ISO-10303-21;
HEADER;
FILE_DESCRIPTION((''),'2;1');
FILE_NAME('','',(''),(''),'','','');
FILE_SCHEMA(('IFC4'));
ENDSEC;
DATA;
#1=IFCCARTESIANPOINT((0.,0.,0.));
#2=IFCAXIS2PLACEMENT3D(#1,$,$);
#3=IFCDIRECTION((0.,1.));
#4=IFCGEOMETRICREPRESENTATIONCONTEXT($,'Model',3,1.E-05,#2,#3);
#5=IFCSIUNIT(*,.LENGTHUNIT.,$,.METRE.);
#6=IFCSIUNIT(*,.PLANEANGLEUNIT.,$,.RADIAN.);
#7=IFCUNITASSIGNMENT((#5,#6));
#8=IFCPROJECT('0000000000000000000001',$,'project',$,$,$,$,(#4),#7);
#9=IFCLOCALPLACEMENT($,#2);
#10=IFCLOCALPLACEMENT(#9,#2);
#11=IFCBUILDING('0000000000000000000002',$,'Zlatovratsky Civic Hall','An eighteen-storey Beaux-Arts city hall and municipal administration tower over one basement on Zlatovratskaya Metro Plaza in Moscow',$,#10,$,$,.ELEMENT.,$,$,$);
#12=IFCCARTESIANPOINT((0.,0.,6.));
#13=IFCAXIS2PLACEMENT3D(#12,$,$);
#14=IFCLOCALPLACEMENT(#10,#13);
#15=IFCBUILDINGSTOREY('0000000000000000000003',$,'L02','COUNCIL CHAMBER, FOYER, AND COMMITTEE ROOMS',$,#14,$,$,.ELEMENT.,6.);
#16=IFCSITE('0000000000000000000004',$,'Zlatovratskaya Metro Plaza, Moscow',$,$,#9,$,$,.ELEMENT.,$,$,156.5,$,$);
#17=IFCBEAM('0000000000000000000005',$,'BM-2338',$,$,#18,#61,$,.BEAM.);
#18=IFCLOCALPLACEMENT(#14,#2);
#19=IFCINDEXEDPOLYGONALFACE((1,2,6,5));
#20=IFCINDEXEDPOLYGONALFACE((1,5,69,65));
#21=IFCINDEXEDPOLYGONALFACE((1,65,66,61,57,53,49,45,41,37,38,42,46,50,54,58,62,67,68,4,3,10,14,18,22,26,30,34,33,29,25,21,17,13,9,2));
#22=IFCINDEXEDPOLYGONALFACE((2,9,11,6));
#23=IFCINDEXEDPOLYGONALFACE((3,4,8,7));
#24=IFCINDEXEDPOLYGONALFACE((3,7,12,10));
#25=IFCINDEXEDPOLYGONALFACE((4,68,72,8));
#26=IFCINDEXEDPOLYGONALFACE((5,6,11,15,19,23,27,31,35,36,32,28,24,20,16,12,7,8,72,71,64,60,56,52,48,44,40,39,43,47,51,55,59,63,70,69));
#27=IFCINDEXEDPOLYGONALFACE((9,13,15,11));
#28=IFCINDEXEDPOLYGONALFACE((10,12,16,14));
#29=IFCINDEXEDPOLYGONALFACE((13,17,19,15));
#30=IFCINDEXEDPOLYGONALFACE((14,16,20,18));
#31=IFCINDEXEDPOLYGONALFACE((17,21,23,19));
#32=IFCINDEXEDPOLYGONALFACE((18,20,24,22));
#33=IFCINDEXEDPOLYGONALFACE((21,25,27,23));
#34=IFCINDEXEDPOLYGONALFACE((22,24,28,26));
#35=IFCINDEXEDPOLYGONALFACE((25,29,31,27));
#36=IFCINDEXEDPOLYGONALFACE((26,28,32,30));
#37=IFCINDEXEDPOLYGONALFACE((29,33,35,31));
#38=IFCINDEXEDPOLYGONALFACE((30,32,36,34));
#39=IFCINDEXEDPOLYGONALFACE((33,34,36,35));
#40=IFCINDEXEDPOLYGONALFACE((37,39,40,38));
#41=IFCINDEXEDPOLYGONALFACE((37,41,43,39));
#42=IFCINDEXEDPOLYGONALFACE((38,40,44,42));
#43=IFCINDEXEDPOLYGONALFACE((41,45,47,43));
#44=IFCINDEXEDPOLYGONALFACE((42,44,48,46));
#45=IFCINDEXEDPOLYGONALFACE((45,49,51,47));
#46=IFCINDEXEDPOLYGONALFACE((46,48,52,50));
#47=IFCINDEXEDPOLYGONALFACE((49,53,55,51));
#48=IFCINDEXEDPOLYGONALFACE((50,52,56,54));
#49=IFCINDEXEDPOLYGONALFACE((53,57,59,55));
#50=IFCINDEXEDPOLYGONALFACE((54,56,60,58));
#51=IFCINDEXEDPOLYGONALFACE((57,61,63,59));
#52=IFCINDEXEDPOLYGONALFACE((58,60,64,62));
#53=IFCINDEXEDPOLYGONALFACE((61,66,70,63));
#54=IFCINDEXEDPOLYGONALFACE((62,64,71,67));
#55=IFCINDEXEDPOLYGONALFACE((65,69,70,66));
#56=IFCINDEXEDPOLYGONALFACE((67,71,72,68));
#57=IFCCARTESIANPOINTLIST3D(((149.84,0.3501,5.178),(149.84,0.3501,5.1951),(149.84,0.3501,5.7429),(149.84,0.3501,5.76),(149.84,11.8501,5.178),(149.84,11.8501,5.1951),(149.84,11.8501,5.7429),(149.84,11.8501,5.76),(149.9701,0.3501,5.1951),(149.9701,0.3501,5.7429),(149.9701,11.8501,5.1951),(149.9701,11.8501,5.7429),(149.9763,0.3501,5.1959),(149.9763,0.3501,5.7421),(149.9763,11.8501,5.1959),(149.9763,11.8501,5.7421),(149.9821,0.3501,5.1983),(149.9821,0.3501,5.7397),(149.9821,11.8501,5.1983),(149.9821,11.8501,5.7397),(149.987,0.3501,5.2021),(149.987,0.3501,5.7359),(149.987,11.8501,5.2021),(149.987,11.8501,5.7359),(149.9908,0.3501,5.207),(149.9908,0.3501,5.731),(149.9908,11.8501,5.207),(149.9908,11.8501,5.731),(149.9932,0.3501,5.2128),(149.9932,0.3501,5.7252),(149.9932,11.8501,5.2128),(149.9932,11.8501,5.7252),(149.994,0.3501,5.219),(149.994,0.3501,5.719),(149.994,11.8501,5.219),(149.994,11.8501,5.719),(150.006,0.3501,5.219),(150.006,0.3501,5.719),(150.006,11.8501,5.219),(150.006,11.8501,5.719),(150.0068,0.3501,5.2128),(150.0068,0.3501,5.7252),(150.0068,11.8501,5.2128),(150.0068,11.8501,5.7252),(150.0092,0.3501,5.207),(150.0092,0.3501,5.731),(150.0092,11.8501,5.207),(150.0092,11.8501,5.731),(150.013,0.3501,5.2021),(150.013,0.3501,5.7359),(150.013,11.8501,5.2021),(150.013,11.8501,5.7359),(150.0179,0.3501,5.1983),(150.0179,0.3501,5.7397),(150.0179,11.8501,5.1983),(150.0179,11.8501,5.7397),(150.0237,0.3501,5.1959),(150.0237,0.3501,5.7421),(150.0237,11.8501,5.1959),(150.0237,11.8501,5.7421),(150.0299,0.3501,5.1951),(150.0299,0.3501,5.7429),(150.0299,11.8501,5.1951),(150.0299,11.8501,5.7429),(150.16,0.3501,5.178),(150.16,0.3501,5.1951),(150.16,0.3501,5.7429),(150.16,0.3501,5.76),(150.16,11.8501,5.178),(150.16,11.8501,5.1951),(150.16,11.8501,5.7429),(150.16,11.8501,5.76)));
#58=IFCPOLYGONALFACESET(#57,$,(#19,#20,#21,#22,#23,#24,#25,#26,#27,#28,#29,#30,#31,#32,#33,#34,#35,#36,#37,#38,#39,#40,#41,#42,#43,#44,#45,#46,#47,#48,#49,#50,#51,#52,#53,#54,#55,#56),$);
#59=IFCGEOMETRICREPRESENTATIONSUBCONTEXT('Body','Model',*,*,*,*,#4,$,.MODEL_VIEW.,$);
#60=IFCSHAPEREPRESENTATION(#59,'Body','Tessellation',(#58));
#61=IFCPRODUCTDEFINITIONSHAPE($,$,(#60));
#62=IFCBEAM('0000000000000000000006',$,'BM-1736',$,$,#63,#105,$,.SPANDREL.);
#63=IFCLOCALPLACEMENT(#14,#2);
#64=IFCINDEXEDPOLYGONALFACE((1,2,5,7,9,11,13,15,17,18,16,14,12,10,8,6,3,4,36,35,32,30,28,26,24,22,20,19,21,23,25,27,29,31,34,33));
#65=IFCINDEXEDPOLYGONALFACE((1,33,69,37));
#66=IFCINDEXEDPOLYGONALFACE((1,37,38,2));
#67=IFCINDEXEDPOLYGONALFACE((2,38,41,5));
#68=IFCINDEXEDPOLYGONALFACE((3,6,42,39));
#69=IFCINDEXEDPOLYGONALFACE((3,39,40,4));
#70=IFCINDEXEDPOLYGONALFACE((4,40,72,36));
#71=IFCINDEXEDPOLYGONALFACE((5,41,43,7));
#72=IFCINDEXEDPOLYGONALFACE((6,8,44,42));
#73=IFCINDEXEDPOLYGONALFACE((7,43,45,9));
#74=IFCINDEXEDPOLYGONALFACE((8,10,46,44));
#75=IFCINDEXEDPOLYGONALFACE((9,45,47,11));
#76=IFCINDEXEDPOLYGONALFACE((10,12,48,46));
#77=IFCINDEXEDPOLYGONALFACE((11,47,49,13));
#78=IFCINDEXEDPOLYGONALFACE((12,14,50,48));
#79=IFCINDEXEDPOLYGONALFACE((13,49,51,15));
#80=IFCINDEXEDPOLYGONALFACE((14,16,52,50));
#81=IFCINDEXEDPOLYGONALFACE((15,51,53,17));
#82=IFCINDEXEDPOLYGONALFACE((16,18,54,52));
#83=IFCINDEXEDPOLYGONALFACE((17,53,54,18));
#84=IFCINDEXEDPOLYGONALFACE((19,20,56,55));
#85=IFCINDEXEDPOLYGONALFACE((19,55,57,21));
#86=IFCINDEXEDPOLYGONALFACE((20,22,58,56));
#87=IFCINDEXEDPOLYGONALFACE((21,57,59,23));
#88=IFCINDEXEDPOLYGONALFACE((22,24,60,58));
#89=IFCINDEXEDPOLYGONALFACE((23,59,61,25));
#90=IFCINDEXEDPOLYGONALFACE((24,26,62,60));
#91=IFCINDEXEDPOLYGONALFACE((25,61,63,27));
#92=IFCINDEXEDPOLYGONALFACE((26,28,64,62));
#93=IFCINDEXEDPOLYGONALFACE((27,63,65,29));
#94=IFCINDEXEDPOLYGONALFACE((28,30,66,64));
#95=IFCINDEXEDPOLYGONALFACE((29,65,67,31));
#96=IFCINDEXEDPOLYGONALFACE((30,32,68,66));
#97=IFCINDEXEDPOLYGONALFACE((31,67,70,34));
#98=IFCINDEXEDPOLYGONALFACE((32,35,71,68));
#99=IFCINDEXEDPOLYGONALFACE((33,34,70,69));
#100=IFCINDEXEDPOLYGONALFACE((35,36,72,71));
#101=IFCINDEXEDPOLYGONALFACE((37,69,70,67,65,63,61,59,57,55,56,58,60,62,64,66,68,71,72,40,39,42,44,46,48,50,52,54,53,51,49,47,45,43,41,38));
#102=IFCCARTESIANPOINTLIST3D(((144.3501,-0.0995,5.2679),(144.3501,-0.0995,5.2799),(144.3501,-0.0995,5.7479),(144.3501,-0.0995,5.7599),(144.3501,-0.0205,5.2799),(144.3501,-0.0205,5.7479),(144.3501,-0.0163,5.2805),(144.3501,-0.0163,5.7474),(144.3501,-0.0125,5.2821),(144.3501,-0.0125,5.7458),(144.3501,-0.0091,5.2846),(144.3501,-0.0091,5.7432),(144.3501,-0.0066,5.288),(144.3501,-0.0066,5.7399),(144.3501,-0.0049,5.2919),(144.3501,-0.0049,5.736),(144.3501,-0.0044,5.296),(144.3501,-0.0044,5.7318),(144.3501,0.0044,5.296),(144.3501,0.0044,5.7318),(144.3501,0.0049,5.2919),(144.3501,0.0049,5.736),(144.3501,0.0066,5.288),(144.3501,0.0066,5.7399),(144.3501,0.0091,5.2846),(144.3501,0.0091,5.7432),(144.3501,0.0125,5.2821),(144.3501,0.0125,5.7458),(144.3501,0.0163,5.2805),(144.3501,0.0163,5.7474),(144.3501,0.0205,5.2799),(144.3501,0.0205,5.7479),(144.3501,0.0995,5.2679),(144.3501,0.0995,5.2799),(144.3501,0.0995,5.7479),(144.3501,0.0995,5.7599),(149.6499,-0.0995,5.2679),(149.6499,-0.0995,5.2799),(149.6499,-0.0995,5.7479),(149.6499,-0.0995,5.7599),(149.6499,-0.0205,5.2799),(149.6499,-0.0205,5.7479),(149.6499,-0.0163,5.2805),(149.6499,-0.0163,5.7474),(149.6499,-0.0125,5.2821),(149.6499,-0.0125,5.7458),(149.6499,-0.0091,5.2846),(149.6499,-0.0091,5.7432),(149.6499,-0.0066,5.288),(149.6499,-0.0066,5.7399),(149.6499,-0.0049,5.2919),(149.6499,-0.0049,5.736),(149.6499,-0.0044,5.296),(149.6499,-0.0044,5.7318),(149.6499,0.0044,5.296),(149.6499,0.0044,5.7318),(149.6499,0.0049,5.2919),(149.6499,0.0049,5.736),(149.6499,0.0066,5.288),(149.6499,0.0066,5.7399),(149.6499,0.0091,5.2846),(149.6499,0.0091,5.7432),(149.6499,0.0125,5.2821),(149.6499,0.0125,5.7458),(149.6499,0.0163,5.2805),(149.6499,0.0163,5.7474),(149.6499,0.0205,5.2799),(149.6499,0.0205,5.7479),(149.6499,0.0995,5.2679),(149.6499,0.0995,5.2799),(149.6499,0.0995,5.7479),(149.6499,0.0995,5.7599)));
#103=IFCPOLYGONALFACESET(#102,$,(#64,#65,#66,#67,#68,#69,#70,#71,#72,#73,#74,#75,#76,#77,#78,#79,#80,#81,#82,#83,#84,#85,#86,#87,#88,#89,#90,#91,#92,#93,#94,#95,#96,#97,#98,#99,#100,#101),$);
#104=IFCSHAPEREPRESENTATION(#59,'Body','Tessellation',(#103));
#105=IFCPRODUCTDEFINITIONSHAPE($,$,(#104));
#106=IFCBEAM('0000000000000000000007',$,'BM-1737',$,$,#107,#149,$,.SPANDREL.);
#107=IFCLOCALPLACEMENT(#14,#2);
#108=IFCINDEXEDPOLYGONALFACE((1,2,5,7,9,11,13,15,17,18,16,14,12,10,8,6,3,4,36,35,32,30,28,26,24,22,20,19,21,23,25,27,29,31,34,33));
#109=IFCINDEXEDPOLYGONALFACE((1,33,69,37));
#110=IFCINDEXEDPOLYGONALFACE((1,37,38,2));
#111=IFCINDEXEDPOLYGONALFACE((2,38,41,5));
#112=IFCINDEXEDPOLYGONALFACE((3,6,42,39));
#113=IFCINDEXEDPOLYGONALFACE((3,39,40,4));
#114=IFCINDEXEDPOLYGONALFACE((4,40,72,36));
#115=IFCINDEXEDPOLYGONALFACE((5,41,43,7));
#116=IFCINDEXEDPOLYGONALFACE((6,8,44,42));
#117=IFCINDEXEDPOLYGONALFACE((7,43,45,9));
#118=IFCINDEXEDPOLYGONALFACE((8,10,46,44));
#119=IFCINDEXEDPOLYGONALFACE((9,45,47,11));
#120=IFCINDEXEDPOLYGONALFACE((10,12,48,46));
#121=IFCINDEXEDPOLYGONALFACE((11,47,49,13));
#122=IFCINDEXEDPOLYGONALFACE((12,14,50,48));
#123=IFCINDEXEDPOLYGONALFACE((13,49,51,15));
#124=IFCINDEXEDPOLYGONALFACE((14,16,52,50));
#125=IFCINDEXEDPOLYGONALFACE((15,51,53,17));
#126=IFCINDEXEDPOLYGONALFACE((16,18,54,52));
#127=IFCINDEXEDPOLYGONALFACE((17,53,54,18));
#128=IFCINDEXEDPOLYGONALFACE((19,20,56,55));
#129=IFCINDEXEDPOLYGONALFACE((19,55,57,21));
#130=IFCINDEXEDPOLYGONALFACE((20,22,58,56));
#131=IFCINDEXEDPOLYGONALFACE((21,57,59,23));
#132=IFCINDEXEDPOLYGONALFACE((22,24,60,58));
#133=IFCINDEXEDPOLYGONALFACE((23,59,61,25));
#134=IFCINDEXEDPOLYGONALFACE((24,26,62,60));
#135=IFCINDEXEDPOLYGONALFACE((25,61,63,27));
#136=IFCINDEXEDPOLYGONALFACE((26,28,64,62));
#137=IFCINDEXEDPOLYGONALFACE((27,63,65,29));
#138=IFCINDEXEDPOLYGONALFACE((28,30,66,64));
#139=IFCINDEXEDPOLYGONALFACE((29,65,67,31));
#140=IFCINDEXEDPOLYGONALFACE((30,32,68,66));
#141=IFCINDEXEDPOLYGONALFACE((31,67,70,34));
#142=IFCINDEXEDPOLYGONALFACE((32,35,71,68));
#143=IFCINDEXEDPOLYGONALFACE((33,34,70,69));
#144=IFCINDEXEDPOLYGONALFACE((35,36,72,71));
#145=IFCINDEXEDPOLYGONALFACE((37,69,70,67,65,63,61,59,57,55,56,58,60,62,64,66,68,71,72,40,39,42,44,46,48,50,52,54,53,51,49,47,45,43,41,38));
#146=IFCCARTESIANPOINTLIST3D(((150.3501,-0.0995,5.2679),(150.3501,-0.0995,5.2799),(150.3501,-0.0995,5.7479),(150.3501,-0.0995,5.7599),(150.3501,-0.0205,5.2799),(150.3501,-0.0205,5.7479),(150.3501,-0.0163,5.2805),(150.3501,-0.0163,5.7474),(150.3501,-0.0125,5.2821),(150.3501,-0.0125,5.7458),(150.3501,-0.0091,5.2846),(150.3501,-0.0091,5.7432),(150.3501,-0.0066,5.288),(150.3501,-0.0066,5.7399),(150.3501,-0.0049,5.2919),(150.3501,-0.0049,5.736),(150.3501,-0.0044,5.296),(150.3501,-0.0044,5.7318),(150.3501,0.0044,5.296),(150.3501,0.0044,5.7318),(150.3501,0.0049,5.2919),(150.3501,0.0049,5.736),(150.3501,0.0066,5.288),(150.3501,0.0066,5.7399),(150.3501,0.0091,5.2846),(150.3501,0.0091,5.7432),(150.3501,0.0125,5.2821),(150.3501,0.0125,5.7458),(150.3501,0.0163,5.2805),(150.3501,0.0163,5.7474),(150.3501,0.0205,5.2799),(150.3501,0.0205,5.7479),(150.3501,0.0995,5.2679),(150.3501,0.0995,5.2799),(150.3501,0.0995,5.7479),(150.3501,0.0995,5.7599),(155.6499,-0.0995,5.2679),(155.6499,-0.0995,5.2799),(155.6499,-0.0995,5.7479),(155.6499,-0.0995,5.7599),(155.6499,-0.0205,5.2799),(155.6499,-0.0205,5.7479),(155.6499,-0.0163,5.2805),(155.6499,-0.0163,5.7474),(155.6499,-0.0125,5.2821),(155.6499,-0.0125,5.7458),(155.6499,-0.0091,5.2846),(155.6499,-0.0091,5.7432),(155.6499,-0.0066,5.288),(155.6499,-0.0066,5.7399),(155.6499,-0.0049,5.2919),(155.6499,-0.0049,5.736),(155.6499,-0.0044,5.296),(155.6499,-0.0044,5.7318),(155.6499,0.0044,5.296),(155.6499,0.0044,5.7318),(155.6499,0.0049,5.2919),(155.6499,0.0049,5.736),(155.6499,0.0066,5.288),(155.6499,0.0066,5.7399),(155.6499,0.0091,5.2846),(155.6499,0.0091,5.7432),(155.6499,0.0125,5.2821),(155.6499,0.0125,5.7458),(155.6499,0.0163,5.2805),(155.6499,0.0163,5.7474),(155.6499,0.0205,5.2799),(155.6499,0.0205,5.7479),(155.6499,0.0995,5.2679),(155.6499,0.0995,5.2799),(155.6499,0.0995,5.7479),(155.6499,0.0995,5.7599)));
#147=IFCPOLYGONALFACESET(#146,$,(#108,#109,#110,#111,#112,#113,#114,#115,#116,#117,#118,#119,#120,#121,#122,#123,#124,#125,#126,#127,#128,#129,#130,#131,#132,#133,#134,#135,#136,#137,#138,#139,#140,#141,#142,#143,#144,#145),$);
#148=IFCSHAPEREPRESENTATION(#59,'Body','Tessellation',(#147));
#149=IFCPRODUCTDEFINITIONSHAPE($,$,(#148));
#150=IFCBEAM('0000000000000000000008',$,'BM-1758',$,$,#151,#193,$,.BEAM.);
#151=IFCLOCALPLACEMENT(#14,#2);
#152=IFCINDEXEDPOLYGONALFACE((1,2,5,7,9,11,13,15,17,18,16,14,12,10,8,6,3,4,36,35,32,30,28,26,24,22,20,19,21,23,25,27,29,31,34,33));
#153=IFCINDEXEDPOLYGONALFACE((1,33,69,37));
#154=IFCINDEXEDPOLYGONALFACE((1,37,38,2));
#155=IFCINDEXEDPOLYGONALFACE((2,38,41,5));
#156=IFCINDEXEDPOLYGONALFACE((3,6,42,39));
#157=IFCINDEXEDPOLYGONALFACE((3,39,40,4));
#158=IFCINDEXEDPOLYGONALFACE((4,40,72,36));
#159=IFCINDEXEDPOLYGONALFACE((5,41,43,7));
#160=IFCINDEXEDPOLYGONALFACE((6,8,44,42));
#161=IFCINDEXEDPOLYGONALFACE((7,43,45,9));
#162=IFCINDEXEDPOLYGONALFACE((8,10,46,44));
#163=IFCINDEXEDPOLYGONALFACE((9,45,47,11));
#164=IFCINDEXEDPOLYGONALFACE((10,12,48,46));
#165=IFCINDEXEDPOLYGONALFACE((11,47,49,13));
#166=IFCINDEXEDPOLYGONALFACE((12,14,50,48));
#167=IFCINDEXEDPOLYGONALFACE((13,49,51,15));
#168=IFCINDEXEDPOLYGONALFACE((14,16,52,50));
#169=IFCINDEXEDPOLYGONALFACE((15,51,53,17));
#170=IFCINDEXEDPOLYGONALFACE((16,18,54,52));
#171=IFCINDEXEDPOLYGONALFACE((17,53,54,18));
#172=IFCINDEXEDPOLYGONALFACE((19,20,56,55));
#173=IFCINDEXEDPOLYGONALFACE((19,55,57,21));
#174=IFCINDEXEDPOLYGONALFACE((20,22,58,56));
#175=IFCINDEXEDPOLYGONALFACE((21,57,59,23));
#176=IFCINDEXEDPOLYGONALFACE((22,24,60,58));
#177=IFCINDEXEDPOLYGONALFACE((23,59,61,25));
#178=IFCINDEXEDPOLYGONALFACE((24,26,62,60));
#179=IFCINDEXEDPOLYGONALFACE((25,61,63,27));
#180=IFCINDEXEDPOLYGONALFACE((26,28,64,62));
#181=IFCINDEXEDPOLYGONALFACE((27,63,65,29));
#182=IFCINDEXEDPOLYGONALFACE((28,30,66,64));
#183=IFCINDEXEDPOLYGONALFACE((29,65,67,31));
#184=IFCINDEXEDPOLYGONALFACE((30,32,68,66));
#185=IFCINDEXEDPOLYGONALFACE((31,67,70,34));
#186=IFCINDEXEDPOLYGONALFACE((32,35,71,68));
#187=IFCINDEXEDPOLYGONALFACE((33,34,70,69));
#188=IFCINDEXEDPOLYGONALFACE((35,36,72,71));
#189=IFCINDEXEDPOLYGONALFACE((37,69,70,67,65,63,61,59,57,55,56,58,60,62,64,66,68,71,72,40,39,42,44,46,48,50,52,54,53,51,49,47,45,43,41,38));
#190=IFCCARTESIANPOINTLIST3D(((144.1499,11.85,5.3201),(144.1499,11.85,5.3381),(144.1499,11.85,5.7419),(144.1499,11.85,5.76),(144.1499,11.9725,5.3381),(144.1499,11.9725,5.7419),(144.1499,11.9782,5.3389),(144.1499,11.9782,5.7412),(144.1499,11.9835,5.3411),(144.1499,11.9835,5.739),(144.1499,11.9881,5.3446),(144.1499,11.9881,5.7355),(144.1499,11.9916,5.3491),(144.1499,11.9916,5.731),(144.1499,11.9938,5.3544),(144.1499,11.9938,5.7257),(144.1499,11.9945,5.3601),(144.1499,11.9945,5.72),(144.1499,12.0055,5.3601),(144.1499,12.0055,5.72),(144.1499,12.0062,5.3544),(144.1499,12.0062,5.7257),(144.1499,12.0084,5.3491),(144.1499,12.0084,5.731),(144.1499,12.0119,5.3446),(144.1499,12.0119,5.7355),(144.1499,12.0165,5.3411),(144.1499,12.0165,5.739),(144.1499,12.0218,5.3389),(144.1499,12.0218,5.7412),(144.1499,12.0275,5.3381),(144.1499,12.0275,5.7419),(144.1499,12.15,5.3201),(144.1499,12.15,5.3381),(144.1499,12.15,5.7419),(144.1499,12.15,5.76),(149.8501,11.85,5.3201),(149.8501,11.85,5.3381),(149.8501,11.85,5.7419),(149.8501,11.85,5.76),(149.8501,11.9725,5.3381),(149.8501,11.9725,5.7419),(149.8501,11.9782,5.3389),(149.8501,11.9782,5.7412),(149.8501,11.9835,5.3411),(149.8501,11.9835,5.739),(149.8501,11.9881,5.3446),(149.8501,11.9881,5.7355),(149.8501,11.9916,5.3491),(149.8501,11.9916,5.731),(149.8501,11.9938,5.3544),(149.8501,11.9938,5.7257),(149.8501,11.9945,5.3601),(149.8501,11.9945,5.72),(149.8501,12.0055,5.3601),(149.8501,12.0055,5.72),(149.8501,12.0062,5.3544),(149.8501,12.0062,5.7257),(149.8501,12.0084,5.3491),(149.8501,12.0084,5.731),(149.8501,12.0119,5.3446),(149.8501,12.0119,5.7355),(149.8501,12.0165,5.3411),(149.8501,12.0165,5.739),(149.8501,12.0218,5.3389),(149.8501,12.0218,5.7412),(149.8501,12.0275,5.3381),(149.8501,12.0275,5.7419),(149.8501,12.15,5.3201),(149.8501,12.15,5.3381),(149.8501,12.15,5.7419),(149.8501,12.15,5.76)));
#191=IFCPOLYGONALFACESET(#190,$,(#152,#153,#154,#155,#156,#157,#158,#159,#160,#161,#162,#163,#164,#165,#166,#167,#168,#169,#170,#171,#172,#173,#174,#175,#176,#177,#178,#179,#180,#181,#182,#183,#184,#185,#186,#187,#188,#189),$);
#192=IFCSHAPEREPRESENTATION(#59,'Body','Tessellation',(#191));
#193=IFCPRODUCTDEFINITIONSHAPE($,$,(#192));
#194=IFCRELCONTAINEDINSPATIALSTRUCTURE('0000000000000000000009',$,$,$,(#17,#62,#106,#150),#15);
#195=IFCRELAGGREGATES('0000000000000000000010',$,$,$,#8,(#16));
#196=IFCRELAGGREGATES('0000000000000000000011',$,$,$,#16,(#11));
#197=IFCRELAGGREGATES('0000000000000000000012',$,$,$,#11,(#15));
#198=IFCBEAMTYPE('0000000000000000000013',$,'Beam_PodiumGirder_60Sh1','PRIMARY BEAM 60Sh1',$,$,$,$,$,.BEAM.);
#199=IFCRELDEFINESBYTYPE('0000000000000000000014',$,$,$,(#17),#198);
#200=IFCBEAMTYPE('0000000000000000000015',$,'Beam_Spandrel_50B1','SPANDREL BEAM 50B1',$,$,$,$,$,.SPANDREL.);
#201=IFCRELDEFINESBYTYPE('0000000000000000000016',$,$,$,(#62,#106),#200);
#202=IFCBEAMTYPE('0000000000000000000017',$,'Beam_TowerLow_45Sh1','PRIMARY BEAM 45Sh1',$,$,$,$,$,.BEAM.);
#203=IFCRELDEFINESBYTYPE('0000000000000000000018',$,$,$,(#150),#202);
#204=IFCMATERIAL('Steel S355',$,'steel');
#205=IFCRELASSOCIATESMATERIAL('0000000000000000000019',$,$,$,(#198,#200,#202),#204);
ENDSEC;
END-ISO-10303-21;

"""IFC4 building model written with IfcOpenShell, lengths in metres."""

from ifc_helpers import new_model, si_unit, direction, frame, origin, origin_2d, place, context, subcontext, project, spatial, i_section, extrude, material, material_profile, profile_set, type_object, element, save


model = new_model("IFC4")

# Units and contexts
model_context = context("Model", 3, precision=1e-05, world=origin(), true_north=direction((0.0, 1.0)))
body_context = subcontext(model_context, "Body", "Model", "MODEL_VIEW")
ifc_project = project(units=[si_unit("LENGTHUNIT", "METRE"), si_unit("PLANEANGLEUNIT", "RADIAN")], contexts=[model_context])

# Site, building, storey
site_placement = place(None, origin())
site = spatial("IfcSite", under=ifc_project, at=site_placement, Name="Zlatovratskaya Metro Plaza, Moscow", CompositionType="ELEMENT", RefElevation=156.5)
building_placement = place(site_placement, origin())
building = spatial("IfcBuilding", under=site, at=building_placement, Name="Zlatovratsky Civic Hall", Description="An eighteen-storey Beaux-Arts city hall and municipal administration tower over one basement on Zlatovratskaya Metro Plaza in Moscow", CompositionType="ELEMENT")
storey_placement = place(building_placement, frame((0.0, 0.0, 6.0)))
storey = spatial("IfcBuildingStorey", under=building, at=storey_placement, Name="L02", Description="COUNCIL CHAMBER, FOYER, AND COMMITTEE ROOMS", CompositionType="ELEMENT", Elevation=6.0)

# Shared definitions
ifc_material_1 = material(Name="Steel S355", Category="steel")

# Beams
ifc_material_profile_1 = material_profile(ifc_material_1, i_section(OverallWidth=0.3201, OverallDepth=0.582, WebThickness=0.012, FlangeThickness=0.0171, FilletRadius=0.0239, at=origin_2d()), Name="60Sh1")
ifc_profile_set_1 = profile_set([ifc_material_profile_1], Name="Steel S355")
beam_type_1 = type_object("IfcBeamType", Name="Beam_PodiumGirder_60Sh1", Description="PRIMARY BEAM 60Sh1", PredefinedType="BEAM", material=ifc_profile_set_1)
for number, where, z_axis, x_axis, name in (
    (1, (150.0, 0.3501, 5.469), (0.0, 1.0, 0.0), (-1.0, 0.0, 0.0), "BM-2338"),
):
    element("IfcBeam", number, at=place(storey_placement, frame(where, z_axis=z_axis, x_axis=x_axis)), inside=storey, type_object=beam_type_1, Name=name, PredefinedType="BEAM", context=body_context, shape_type="SweptSolid", body=[
        extrude(i_section(OverallWidth=0.3201, OverallDepth=0.582, WebThickness=0.012, FlangeThickness=0.0171, FilletRadius=0.0239, at=origin_2d()), origin(), (0.0, 0.0, 1.0), 11.5),
    ])
ifc_material_profile_2 = material_profile(ifc_material_1, i_section(OverallWidth=0.199, OverallDepth=0.4919, WebThickness=0.0088, FlangeThickness=0.012, FilletRadius=0.0161, at=origin_2d()), Name="50B1")
ifc_profile_set_2 = profile_set([ifc_material_profile_2], Name="Steel S355")
beam_type_2 = type_object("IfcBeamType", Name="Beam_Spandrel_50B1", Description="SPANDREL BEAM 50B1", PredefinedType="SPANDREL", material=ifc_profile_set_2)
for number, where, z_axis, x_axis, name in (
    (2, (144.3501, 0.0, 5.5139), (1.0, 0.0, 0.0), (0.0, 1.0, 0.0), "BM-1736"),
    (3, (150.3501, 0.0, 5.5139), (1.0, 0.0, 0.0), (0.0, 1.0, 0.0), "BM-1737"),
):
    element("IfcBeam", number, at=place(storey_placement, frame(where, z_axis=z_axis, x_axis=x_axis)), inside=storey, type_object=beam_type_2, Name=name, PredefinedType="SPANDREL", context=body_context, shape_type="SweptSolid", body=[
        extrude(i_section(OverallWidth=0.199, OverallDepth=0.4919, WebThickness=0.0088, FlangeThickness=0.012, FilletRadius=0.0161, at=origin_2d()), origin(), (0.0, 0.0, 1.0), 5.2998),
    ])
ifc_material_profile_3 = material_profile(ifc_material_1, i_section(OverallWidth=0.3, OverallDepth=0.4399, WebThickness=0.011, FlangeThickness=0.0181, FilletRadius=0.022, at=origin_2d()), Name="45Sh1")
ifc_profile_set_3 = profile_set([ifc_material_profile_3], Name="Steel S355")
beam_type_3 = type_object("IfcBeamType", Name="Beam_TowerLow_45Sh1", Description="PRIMARY BEAM 45Sh1", PredefinedType="BEAM", material=ifc_profile_set_3)
for number, where, z_axis, x_axis, name in (
    (4, (144.1499, 12.0, 5.54), (1.0, 0.0, 0.0), (0.0, 1.0, 0.0), "BM-1758"),
):
    element("IfcBeam", number, at=place(storey_placement, frame(where, z_axis=z_axis, x_axis=x_axis)), inside=storey, type_object=beam_type_3, Name=name, PredefinedType="BEAM", context=body_context, shape_type="SweptSolid", body=[
        extrude(i_section(OverallWidth=0.3, OverallDepth=0.4399, WebThickness=0.011, FlangeThickness=0.0181, FilletRadius=0.022, at=origin_2d()), origin(), (0.0, 0.0, 1.0), 5.7002),
    ])

save(model, "model.ifc")
